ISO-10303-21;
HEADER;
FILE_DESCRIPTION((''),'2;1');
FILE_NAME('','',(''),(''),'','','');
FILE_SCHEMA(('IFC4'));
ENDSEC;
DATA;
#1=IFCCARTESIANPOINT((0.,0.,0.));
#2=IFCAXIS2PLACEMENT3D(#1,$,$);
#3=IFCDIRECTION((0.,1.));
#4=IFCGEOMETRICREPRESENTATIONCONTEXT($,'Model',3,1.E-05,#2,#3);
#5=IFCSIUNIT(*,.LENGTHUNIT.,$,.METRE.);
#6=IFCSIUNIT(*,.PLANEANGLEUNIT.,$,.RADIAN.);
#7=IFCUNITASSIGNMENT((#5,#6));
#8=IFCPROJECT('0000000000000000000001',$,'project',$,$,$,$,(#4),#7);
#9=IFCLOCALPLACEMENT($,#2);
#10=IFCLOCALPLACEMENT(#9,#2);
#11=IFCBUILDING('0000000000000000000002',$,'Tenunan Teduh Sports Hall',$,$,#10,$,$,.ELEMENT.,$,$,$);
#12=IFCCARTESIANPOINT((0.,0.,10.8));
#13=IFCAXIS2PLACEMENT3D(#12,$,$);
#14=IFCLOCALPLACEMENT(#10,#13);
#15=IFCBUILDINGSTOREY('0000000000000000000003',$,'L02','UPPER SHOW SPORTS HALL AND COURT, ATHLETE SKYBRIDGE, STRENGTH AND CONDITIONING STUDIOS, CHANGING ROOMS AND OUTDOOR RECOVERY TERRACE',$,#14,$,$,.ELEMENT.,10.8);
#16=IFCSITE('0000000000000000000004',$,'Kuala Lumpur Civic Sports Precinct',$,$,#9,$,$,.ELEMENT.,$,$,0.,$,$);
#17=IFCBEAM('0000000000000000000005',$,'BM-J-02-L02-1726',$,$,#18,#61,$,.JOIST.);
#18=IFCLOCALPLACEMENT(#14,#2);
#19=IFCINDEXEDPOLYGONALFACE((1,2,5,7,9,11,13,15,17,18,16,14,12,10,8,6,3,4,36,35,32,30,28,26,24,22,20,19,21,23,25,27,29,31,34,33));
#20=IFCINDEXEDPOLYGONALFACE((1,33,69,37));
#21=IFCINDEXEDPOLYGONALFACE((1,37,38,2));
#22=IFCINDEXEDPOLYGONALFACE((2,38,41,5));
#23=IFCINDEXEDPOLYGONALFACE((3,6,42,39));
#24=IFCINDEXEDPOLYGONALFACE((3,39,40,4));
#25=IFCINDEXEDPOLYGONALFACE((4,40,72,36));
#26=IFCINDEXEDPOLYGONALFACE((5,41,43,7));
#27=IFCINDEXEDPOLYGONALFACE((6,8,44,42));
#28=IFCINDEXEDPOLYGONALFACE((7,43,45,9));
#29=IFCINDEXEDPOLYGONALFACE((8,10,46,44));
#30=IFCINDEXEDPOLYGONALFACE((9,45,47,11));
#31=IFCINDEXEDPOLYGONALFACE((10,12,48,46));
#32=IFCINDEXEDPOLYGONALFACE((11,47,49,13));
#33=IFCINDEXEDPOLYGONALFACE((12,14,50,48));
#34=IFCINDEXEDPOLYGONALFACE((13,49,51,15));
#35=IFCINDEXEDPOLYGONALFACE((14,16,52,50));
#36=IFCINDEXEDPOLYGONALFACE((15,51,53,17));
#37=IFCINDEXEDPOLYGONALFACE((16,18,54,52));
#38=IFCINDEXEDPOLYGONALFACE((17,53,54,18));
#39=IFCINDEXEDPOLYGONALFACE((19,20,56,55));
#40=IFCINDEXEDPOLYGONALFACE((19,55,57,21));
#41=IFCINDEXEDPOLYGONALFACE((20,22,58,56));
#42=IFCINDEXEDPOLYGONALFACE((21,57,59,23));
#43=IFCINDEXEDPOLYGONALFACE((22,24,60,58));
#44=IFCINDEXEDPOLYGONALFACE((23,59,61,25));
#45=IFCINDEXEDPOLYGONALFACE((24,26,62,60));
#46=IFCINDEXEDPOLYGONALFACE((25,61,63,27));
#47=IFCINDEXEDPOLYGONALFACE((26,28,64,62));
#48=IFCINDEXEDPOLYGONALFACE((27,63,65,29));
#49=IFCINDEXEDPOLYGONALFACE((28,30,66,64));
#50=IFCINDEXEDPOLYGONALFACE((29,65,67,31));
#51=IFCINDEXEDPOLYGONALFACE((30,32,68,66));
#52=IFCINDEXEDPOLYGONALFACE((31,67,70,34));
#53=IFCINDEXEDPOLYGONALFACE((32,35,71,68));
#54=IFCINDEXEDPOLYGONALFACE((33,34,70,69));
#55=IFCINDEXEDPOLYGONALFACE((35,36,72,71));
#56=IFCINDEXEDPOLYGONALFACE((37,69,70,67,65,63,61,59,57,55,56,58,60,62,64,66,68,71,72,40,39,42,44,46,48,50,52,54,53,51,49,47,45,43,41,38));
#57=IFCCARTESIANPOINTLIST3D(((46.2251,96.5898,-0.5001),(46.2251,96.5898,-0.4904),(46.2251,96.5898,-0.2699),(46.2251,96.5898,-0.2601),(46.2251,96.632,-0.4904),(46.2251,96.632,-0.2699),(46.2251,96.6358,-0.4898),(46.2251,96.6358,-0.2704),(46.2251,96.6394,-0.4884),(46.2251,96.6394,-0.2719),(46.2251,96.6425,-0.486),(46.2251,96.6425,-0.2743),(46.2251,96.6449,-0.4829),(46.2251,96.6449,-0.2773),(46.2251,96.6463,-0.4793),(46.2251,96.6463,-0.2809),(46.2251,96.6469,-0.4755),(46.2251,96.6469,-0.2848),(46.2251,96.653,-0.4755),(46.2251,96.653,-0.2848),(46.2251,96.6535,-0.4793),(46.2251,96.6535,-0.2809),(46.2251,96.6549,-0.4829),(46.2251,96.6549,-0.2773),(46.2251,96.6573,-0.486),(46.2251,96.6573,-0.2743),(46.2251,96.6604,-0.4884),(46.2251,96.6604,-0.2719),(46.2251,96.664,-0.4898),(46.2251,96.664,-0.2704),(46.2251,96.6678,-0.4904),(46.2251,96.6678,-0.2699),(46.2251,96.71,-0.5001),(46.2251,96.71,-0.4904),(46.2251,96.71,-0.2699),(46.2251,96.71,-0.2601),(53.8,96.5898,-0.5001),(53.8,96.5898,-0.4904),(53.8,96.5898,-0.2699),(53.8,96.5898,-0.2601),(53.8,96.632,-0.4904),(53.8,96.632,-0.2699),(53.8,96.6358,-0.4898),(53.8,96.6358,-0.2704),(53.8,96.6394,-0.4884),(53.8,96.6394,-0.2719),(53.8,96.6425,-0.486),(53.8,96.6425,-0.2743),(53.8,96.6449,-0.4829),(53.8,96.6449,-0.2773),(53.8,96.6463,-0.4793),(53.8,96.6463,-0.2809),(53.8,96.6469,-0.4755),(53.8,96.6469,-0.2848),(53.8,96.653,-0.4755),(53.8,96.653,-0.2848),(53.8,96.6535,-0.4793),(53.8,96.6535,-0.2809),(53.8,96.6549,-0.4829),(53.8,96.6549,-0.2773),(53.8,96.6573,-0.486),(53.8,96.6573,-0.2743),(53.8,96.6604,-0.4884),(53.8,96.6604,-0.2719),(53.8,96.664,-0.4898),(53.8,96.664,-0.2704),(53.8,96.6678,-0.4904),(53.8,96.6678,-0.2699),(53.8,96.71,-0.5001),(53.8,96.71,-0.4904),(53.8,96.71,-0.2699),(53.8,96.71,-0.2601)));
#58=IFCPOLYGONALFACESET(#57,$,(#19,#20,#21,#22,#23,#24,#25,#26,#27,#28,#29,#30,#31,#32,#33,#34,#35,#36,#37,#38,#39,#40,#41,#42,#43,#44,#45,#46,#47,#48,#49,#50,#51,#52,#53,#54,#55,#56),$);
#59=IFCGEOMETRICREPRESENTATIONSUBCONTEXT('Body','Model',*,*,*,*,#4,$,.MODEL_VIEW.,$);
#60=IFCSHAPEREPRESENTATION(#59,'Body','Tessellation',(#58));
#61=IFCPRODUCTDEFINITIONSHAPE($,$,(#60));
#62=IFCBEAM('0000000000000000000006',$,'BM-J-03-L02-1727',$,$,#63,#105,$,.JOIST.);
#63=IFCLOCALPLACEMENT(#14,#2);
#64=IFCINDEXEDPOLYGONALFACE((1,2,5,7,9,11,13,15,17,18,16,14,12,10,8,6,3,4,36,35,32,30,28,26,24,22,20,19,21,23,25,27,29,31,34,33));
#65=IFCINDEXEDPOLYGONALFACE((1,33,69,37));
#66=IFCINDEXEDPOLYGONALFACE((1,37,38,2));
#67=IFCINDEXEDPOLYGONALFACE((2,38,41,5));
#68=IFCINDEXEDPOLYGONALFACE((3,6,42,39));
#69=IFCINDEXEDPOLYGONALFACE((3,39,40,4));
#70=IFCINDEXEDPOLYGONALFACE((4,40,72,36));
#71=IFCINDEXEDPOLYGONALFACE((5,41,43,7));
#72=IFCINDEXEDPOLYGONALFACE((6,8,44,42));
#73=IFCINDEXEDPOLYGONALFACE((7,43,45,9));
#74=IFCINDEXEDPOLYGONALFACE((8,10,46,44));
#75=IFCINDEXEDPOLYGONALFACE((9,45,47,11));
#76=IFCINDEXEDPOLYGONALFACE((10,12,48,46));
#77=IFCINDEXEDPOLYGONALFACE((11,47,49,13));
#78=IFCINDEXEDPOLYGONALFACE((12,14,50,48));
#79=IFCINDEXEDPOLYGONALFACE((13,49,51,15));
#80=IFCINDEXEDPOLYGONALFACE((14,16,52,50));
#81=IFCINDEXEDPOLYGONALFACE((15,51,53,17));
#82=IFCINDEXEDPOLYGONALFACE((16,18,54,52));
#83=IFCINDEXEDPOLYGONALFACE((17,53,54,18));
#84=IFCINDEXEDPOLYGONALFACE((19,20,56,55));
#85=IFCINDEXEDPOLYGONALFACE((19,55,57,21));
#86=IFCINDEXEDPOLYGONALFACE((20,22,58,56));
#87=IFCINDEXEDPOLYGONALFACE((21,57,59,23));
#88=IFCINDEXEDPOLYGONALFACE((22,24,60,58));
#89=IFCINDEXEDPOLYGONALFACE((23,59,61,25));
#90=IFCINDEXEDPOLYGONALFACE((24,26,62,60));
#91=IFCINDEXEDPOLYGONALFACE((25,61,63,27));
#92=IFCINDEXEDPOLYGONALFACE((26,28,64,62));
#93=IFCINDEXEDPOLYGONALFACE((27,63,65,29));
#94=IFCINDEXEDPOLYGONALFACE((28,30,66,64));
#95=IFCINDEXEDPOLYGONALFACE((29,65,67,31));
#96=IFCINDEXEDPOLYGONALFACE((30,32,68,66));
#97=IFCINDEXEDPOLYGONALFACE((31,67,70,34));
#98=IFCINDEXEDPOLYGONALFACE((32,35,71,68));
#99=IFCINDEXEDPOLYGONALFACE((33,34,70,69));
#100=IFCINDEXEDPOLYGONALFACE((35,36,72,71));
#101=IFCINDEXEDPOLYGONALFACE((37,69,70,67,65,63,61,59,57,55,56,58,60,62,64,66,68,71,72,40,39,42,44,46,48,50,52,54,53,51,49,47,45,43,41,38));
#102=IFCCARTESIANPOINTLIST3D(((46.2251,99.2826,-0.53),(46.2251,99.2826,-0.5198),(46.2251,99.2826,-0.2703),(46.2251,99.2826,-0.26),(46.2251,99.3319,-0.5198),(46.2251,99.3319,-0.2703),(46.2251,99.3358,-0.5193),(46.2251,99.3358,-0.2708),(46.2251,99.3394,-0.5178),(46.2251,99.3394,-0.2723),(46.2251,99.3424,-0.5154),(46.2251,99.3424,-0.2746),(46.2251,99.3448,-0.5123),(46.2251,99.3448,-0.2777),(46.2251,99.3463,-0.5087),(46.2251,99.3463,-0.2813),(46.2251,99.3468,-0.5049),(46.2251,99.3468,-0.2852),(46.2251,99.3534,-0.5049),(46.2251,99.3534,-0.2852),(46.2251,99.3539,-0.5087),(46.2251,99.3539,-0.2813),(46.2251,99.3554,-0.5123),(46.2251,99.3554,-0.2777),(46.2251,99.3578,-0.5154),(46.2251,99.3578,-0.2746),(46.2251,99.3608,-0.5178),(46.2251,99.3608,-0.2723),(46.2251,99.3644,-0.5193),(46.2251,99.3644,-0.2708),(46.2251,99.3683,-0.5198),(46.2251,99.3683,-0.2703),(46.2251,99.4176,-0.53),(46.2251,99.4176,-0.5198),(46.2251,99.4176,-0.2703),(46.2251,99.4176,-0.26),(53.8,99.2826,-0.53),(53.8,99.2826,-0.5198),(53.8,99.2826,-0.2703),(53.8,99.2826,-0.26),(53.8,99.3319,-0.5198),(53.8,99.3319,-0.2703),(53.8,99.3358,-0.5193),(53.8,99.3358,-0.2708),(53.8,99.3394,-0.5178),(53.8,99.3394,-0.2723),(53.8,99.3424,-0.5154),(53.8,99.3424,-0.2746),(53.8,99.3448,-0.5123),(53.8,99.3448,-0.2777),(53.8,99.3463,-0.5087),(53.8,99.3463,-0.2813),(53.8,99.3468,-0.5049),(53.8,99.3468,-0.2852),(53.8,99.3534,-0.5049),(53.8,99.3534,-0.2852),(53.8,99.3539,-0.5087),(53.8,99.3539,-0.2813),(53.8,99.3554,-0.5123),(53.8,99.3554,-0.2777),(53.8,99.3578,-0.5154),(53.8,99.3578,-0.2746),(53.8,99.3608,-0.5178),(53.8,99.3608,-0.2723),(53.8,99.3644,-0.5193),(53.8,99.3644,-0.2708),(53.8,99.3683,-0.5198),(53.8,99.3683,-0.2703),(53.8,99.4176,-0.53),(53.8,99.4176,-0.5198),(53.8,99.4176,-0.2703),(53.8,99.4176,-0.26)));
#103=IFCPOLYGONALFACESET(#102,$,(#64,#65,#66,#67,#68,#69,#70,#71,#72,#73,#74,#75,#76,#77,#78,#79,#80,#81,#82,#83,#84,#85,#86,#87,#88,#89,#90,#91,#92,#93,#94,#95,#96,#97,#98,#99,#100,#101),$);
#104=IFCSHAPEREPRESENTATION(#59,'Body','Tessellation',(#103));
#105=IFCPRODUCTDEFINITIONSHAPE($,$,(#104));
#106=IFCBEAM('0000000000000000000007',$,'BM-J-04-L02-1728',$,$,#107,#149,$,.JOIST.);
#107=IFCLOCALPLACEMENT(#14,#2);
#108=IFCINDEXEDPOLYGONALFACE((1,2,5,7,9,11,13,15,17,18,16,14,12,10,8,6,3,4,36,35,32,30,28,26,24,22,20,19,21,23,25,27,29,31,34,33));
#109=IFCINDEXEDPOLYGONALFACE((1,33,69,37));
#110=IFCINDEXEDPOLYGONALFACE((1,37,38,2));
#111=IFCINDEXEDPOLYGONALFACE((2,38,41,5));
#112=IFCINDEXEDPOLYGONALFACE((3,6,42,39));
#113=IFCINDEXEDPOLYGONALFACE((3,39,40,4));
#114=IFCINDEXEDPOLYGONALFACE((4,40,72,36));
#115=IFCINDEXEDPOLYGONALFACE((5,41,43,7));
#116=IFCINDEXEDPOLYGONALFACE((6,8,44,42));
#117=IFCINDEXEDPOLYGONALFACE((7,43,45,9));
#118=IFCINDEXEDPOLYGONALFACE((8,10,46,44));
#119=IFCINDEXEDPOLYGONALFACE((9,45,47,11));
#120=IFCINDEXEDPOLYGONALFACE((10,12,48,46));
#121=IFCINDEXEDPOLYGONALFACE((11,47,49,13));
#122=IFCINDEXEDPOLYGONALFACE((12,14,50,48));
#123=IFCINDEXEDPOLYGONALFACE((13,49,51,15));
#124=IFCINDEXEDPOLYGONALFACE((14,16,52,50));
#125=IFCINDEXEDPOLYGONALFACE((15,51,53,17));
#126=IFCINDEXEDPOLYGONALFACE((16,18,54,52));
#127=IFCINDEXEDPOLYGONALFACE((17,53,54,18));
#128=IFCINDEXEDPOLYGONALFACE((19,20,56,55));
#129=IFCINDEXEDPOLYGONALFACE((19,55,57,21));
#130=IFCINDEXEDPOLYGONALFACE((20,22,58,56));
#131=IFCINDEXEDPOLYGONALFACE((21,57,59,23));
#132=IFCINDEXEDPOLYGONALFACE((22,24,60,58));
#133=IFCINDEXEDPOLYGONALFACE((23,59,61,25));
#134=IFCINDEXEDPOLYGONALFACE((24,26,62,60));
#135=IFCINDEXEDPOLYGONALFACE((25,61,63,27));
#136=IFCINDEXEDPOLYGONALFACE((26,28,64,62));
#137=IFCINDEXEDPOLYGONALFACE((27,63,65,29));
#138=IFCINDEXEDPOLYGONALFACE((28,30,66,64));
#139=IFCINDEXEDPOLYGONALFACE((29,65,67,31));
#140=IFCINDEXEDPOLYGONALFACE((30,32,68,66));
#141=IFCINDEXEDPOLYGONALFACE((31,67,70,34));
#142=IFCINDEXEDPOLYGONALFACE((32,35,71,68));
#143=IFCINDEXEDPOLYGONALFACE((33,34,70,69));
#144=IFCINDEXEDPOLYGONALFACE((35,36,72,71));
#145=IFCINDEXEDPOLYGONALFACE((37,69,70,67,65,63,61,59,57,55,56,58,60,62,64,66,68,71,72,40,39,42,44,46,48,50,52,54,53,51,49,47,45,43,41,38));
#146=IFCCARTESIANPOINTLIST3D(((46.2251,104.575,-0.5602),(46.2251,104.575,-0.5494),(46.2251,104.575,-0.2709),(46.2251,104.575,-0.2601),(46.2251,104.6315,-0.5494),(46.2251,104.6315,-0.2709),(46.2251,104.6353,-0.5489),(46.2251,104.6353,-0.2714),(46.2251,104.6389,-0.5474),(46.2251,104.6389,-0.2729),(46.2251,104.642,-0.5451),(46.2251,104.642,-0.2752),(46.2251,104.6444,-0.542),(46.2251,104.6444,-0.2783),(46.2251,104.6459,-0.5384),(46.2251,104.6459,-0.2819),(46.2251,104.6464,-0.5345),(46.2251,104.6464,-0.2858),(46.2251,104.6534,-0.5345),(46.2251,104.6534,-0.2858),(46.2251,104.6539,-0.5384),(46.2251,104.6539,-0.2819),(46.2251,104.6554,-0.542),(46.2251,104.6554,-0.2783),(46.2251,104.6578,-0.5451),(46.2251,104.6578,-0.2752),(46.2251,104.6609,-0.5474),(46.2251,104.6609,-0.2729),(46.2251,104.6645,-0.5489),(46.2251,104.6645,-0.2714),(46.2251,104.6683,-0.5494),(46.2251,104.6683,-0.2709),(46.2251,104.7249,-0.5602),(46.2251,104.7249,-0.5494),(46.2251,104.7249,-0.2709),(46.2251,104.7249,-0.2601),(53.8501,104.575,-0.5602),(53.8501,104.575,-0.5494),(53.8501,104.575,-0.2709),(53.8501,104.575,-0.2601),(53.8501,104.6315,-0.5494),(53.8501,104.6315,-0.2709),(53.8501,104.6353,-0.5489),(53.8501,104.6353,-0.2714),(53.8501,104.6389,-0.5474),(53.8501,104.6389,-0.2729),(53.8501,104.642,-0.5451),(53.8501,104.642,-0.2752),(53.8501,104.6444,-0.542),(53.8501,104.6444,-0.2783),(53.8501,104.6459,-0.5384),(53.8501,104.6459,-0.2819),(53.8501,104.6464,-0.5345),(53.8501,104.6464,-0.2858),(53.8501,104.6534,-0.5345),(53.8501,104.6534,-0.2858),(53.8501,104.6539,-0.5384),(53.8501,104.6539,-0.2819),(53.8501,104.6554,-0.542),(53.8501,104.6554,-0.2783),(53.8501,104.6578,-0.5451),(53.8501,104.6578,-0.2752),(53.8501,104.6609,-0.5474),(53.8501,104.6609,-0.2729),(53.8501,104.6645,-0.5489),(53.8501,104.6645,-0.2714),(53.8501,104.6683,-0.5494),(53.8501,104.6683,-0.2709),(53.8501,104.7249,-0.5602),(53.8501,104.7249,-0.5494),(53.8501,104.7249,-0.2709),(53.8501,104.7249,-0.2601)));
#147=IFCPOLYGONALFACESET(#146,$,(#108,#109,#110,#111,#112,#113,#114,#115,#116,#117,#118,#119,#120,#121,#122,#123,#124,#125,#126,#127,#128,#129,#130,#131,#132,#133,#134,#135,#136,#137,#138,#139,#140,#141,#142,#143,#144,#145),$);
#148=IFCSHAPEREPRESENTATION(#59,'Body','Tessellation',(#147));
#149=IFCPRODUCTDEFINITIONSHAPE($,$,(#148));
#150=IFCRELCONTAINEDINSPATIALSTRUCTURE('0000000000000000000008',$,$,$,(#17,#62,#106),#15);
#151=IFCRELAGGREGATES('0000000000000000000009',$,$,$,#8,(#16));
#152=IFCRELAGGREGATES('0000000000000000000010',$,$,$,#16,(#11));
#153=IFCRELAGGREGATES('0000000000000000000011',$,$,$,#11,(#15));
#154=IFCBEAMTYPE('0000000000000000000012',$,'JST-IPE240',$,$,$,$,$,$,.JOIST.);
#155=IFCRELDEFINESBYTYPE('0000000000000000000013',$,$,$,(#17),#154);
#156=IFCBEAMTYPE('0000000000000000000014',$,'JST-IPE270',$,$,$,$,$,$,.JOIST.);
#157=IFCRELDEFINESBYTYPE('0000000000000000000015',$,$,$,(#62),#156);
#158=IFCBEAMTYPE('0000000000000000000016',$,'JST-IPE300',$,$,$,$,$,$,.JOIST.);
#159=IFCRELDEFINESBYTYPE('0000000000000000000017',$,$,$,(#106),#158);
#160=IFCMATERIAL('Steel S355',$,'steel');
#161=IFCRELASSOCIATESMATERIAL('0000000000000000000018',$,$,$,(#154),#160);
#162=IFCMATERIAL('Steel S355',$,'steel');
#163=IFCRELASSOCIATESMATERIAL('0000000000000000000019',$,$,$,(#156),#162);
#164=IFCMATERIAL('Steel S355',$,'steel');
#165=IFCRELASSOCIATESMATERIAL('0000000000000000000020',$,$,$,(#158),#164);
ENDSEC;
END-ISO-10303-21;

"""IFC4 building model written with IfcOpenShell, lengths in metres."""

from ifc_helpers import new_model, si_unit, direction, frame, origin, origin_2d, place, context, subcontext, project, spatial, i_section, extrude, material, material_profile, profile_set, type_object, element, save


model = new_model("IFC4")

# Units and contexts
model_context = context("Model", 3, precision=1e-05, world=origin(), true_north=direction((0.0, 1.0)))
body_context = subcontext(model_context, "Body", "Model", "MODEL_VIEW")
ifc_project = project(units=[si_unit("LENGTHUNIT", "METRE"), si_unit("PLANEANGLEUNIT", "RADIAN")], contexts=[model_context])

# Site, building, storey
site_placement = place(None, origin())
site = spatial("IfcSite", under=ifc_project, at=site_placement, Name="Kuala Lumpur Civic Sports Precinct", CompositionType="ELEMENT", RefElevation=0.0)
building_placement = place(site_placement, origin())
building = spatial("IfcBuilding", under=site, at=building_placement, Name="Tenunan Teduh Sports Hall", CompositionType="ELEMENT")
storey_placement = place(building_placement, frame((0.0, 0.0, 10.8)))
storey = spatial("IfcBuildingStorey", under=building, at=storey_placement, Name="L02", Description="UPPER SHOW SPORTS HALL AND COURT, ATHLETE SKYBRIDGE, STRENGTH AND CONDITIONING STUDIOS, CHANGING ROOMS AND OUTDOOR RECOVERY TERRACE", CompositionType="ELEMENT", Elevation=10.8)

# Beams
ifc_material_1 = material(Name="Steel S355", Category="steel")
ifc_material_profile_1 = material_profile(ifc_material_1, i_section(OverallWidth=0.1201, OverallDepth=0.24, WebThickness=0.0061, FlangeThickness=0.0098, FilletRadius=0.0149, at=origin_2d()), Name="IPE 240")
ifc_profile_set_1 = profile_set([ifc_material_profile_1], Name="Steel S355")
beam_type_1 = type_object("IfcBeamType", Name="JST-IPE240", PredefinedType="JOIST", material=ifc_profile_set_1)
beam_1_placement = place(storey_placement, frame((46.2251, 96.6499, -0.3801), z_axis=(1.0, 0.0, 0.0), x_axis=(0.0, 1.0, 0.0)))
element("IfcBeam", 1, at=beam_1_placement, inside=storey, type_object=beam_type_1, Name="BM-J-02-L02-1726", PredefinedType="JOIST", context=body_context, shape_type="SweptSolid", body=[
    extrude(i_section(OverallWidth=0.1201, OverallDepth=0.24, WebThickness=0.0061, FlangeThickness=0.0098, FilletRadius=0.0149, at=origin_2d()), origin(), (0.0, 0.0, 1.0), 7.575),
])
ifc_material_2 = material(Name="Steel S355", Category="steel")
ifc_material_profile_2 = material_profile(ifc_material_2, i_section(OverallWidth=0.135, OverallDepth=0.27, WebThickness=0.0066, FlangeThickness=0.0103, FilletRadius=0.0149, at=origin_2d()), Name="IPE 270")
ifc_profile_set_2 = profile_set([ifc_material_profile_2], Name="Steel S355")
beam_type_2 = type_object("IfcBeamType", Name="JST-IPE270", PredefinedType="JOIST", material=ifc_profile_set_2)
beam_2_placement = place(storey_placement, frame((46.2251, 99.3501, -0.395), z_axis=(1.0, 0.0, 0.0), x_axis=(0.0, 1.0, 0.0)))
element("IfcBeam", 2, at=beam_2_placement, inside=storey, type_object=beam_type_2, Name="BM-J-03-L02-1727", PredefinedType="JOIST", context=body_context, shape_type="SweptSolid", body=[
    extrude(i_section(OverallWidth=0.135, OverallDepth=0.27, WebThickness=0.0066, FlangeThickness=0.0103, FilletRadius=0.0149, at=origin_2d()), origin(), (0.0, 0.0, 1.0), 7.575),
])
ifc_material_3 = material(Name="Steel S355", Category="steel")
ifc_material_profile_3 = material_profile(ifc_material_3, i_section(OverallWidth=0.1499, OverallDepth=0.3, WebThickness=0.0071, FlangeThickness=0.0107, FilletRadius=0.0149, at=origin_2d()), Name="IPE 300")
ifc_profile_set_3 = profile_set([ifc_material_profile_3], Name="Steel S355")
beam_type_3 = type_object("IfcBeamType", Name="JST-IPE300", PredefinedType="JOIST", material=ifc_profile_set_3)
beam_3_placement = place(storey_placement, frame((46.2251, 104.6499, -0.4102), z_axis=(1.0, 0.0, 0.0), x_axis=(0.0, 1.0, 0.0)))
element("IfcBeam", 3, at=beam_3_placement, inside=storey, type_object=beam_type_3, Name="BM-J-04-L02-1728", PredefinedType="JOIST", context=body_context, shape_type="SweptSolid", body=[
    extrude(i_section(OverallWidth=0.1499, OverallDepth=0.3, WebThickness=0.0071, FlangeThickness=0.0107, FilletRadius=0.0149, at=origin_2d()), origin(), (0.0, 0.0, 1.0), 7.625),
])

save(model, "model.ifc")
